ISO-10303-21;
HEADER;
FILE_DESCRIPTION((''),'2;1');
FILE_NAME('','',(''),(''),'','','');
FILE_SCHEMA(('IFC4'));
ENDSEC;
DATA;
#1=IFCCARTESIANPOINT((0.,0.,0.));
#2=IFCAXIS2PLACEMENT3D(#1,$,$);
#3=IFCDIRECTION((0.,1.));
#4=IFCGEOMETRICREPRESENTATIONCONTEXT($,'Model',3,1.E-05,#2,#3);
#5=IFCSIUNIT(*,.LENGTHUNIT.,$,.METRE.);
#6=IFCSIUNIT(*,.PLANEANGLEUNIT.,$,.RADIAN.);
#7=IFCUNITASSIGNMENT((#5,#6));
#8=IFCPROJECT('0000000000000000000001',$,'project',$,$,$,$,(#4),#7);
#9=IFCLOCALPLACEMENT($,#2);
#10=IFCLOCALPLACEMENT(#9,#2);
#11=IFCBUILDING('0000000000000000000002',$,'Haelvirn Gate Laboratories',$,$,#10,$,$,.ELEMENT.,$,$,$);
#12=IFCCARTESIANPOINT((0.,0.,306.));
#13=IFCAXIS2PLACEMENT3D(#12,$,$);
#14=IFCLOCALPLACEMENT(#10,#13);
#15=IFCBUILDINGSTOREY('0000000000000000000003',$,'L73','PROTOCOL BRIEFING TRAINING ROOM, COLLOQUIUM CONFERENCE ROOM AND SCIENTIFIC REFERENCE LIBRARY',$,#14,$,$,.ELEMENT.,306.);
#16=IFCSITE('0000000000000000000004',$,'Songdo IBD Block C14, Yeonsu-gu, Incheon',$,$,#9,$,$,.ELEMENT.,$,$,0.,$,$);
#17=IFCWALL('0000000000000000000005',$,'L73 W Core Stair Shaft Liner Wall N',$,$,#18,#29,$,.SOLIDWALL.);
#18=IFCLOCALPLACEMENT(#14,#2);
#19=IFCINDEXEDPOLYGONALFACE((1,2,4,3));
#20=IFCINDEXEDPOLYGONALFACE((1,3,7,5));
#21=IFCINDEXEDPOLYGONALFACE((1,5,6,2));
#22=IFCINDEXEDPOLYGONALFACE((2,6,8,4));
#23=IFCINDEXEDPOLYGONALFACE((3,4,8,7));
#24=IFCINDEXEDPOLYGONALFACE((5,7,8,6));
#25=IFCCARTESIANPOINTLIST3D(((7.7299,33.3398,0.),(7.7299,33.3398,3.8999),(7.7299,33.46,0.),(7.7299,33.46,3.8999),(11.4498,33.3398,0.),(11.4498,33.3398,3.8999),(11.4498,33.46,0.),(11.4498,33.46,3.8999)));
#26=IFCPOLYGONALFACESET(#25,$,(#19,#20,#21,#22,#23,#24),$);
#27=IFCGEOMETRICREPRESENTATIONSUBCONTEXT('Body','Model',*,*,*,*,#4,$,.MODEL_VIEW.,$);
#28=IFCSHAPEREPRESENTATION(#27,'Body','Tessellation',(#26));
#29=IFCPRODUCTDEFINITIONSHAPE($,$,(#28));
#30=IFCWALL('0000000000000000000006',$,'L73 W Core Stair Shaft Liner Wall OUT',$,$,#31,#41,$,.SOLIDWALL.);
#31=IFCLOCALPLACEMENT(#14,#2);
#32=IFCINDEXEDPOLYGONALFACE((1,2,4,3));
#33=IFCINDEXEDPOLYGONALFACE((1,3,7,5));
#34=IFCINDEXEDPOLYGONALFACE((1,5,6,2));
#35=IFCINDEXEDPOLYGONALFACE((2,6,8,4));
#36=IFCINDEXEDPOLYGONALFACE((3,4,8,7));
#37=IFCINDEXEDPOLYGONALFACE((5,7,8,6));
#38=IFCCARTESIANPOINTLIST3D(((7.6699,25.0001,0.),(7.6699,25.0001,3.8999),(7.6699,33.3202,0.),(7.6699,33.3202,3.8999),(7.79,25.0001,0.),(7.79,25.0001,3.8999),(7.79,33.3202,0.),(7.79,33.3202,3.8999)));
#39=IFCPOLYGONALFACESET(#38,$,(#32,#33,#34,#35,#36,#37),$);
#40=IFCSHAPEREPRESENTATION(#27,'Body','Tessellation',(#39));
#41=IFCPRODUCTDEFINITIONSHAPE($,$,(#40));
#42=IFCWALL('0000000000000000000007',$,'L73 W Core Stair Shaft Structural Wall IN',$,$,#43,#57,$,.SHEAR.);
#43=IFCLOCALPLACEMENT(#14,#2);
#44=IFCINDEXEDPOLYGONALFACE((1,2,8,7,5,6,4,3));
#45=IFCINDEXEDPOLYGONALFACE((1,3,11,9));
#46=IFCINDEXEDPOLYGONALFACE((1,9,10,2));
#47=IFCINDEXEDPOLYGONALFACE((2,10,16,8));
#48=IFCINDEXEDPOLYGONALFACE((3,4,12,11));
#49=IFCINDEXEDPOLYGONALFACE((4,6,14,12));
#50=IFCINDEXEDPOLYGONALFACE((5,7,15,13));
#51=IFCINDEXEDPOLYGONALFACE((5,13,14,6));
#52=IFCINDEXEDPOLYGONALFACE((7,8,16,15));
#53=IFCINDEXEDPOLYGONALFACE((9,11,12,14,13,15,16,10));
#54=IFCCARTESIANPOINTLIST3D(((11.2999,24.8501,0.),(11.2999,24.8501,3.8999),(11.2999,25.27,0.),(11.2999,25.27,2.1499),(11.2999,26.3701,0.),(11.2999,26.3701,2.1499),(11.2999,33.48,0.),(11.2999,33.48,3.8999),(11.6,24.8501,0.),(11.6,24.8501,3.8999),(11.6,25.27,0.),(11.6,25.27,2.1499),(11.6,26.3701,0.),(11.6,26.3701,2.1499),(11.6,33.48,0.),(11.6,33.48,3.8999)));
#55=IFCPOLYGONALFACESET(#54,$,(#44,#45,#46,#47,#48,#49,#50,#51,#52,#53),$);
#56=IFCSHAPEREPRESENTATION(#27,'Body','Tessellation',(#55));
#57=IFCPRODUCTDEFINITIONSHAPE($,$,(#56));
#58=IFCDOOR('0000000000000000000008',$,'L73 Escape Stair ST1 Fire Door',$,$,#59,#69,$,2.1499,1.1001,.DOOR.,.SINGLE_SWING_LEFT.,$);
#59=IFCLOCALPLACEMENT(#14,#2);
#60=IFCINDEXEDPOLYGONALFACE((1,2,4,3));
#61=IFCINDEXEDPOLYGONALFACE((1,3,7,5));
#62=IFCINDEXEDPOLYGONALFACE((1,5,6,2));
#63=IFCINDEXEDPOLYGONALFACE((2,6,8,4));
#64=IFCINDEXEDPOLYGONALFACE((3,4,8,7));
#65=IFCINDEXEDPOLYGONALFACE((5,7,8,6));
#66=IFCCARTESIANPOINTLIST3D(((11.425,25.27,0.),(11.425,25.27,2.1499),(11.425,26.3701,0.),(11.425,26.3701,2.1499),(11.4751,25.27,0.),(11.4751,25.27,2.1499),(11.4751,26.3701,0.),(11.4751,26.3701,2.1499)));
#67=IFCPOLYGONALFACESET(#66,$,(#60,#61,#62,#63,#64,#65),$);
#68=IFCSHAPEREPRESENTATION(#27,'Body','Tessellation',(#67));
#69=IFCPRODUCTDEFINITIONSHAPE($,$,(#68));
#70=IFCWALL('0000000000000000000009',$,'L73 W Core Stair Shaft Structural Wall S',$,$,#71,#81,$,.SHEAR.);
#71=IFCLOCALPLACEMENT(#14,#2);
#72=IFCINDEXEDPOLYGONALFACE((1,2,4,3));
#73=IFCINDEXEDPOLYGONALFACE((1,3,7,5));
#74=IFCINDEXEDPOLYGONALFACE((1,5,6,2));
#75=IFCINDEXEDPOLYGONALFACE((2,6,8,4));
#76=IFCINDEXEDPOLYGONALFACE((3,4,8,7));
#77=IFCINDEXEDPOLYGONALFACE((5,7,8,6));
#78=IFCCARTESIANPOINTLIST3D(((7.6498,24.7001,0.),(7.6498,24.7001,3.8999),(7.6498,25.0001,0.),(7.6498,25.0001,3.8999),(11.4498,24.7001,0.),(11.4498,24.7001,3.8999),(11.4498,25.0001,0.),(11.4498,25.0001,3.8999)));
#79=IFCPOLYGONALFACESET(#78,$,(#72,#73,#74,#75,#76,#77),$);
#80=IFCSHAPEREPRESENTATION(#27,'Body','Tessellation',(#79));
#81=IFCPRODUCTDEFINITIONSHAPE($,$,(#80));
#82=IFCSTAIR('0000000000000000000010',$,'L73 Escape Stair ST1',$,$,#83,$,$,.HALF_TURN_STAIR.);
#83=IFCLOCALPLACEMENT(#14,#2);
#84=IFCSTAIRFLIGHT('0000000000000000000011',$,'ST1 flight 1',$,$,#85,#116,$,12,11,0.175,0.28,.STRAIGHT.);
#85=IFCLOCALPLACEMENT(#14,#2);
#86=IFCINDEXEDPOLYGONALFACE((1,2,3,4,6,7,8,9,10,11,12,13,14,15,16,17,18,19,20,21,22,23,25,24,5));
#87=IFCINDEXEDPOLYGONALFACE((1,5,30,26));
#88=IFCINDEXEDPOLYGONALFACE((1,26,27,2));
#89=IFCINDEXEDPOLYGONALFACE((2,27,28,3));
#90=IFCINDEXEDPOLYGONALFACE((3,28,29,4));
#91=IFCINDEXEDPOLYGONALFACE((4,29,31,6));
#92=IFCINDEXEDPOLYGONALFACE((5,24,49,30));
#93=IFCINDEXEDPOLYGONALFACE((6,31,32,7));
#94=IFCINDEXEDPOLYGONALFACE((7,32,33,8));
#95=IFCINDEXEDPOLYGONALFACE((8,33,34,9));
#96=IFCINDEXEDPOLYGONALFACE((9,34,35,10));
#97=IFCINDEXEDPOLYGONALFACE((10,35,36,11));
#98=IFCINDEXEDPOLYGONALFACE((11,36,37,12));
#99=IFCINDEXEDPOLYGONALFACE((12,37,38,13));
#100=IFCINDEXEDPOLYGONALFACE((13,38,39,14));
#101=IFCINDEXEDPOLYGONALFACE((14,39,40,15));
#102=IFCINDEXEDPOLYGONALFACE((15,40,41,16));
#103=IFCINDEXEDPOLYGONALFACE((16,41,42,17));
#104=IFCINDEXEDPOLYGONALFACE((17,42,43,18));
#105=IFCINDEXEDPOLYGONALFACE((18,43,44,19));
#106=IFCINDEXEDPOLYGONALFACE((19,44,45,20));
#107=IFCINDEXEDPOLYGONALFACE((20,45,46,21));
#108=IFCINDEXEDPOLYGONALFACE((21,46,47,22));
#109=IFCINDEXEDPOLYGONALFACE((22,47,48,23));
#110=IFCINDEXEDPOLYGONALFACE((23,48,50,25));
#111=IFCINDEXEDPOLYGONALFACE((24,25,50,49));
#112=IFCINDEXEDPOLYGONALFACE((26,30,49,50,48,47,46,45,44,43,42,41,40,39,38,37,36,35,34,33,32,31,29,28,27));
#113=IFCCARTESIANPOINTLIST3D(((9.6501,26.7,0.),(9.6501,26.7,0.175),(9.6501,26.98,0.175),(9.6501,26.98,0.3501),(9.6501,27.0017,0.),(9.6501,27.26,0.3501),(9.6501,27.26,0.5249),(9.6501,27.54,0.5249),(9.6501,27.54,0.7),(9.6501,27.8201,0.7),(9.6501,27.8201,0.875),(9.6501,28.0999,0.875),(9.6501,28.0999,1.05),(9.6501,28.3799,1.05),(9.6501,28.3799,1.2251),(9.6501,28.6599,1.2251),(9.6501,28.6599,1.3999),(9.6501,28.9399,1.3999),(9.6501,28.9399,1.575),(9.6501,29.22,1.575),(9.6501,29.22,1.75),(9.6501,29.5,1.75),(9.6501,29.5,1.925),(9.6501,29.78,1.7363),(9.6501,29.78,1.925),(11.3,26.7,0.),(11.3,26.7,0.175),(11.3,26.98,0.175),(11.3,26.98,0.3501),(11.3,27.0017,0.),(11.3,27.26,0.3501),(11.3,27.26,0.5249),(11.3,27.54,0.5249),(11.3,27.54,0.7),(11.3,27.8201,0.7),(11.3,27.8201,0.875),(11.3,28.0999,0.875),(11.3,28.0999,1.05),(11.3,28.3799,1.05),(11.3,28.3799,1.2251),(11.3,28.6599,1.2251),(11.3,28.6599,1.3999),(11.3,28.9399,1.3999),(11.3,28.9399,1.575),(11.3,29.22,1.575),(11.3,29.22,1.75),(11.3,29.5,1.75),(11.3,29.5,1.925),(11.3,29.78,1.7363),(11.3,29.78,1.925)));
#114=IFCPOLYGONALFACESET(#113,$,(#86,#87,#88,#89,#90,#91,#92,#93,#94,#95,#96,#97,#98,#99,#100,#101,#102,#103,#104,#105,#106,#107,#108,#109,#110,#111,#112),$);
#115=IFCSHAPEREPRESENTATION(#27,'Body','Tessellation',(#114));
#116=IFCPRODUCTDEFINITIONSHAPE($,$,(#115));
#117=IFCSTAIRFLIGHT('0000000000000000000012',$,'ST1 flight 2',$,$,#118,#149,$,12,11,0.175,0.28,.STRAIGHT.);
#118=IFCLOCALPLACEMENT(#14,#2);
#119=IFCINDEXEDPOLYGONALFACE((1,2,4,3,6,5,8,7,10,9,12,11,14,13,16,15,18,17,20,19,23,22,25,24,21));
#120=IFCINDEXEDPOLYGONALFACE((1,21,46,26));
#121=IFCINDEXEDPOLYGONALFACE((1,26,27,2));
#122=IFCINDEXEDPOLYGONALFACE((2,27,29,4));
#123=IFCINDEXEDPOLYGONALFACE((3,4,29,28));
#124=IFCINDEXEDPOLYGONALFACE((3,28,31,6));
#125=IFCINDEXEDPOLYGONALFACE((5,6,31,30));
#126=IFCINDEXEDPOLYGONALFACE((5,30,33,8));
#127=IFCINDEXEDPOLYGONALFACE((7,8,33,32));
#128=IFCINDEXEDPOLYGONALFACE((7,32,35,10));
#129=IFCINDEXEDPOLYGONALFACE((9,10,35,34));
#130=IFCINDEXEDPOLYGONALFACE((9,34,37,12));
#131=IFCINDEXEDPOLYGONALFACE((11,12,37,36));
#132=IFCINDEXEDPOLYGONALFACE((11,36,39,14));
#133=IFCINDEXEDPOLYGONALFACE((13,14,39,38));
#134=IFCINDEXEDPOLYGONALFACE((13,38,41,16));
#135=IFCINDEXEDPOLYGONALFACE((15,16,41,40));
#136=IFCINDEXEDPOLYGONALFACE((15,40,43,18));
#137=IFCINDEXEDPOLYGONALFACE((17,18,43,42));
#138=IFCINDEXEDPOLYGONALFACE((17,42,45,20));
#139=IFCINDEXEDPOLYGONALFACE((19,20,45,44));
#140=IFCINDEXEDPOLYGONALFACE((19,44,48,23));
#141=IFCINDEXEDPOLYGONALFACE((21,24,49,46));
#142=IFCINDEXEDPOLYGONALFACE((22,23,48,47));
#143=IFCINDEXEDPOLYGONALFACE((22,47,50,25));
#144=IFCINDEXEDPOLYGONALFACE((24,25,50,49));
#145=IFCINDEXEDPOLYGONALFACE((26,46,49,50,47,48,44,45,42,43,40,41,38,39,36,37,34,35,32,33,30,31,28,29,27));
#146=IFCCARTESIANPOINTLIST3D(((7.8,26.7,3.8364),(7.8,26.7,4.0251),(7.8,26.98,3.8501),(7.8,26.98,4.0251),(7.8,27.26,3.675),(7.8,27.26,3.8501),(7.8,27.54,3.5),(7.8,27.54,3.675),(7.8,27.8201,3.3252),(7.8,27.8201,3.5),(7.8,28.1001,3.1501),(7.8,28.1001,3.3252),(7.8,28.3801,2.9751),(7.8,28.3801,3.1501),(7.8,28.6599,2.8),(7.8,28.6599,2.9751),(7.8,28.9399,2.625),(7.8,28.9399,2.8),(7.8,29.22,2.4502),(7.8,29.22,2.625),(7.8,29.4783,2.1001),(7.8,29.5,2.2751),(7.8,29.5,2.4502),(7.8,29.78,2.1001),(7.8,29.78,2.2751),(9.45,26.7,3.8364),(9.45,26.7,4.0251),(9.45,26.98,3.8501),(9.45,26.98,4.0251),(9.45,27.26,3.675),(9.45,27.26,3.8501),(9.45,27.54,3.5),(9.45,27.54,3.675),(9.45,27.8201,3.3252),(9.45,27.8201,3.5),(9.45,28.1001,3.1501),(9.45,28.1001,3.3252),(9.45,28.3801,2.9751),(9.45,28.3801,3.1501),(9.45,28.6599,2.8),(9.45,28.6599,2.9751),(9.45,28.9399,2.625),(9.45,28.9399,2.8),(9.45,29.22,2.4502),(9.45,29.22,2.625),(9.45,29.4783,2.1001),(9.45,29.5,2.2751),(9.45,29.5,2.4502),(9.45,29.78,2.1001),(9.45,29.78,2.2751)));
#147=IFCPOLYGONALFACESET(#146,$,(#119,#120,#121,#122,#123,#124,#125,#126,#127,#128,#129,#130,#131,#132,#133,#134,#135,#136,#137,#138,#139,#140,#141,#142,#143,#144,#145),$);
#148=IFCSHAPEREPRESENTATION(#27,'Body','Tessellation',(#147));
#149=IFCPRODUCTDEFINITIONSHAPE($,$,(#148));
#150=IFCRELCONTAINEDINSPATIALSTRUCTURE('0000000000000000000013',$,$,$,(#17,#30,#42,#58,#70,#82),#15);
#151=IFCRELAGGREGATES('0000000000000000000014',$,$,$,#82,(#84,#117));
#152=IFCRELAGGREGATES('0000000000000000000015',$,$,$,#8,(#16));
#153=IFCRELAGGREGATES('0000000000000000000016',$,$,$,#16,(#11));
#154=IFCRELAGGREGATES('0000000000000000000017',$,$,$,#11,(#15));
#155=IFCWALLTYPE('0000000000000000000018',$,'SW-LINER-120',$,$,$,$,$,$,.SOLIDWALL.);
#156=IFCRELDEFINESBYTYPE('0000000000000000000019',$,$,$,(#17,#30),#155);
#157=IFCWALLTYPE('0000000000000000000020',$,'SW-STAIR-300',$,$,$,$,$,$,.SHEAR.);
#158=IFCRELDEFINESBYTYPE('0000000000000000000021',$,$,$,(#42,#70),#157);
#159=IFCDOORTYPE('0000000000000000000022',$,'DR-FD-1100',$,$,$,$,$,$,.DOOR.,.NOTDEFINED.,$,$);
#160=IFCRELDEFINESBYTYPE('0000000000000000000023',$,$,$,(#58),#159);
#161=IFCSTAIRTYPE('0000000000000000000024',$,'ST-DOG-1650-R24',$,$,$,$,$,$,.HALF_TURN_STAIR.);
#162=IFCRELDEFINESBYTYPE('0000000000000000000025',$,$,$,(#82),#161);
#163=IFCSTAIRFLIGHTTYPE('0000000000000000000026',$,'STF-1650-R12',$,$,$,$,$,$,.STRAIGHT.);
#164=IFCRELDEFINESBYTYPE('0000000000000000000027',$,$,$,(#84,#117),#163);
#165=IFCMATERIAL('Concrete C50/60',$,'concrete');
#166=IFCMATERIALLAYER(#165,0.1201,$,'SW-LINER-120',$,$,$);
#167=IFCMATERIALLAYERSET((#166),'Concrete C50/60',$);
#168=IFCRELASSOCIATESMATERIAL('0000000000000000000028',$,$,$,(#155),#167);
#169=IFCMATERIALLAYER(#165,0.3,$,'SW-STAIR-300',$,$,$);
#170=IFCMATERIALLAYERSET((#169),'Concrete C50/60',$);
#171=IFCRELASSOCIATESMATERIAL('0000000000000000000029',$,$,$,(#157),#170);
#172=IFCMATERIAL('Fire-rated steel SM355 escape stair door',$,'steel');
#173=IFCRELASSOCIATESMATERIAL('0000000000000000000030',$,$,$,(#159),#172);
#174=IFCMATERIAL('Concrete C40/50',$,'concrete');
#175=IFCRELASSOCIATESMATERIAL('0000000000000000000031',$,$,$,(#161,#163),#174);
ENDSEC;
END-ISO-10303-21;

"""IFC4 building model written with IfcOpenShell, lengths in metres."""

from ifc_helpers import new_model, si_unit, direction, frame, frame_2d, origin, place, context, subcontext, project, spatial, polyline, rectangle, outline, extrude, source, transform, mapped, material, layer, layer_set, type_object, type_shapes, element, fill, aggregate, save


model = new_model("IFC4")

# Units and contexts
model_context = context("Model", 3, precision=1e-05, world=origin(), true_north=direction((0.0, 1.0)))
body_context = subcontext(model_context, "Body", "Model", "MODEL_VIEW")
ifc_project = project(units=[si_unit("LENGTHUNIT", "METRE"), si_unit("PLANEANGLEUNIT", "RADIAN")], contexts=[model_context])

# Site, building, storey
site_placement = place(None, origin())
site = spatial("IfcSite", under=ifc_project, at=site_placement, Name="Songdo IBD Block C14, Yeonsu-gu, Incheon", CompositionType="ELEMENT", RefElevation=0.0)
building_placement = place(site_placement, origin())
building = spatial("IfcBuilding", under=site, at=building_placement, Name="Haelvirn Gate Laboratories", CompositionType="ELEMENT")
storey_placement = place(building_placement, frame((0.0, 0.0, 306.0)))
storey = spatial("IfcBuildingStorey", under=building, at=storey_placement, Name="L73", Description="PROTOCOL BRIEFING TRAINING ROOM, COLLOQUIUM CONFERENCE ROOM AND SCIENTIFIC REFERENCE LIBRARY", CompositionType="ELEMENT", Elevation=306.0)

# Shared definitions
ifc_material_1 = material(Name="Concrete C50/60", Category="concrete")

# Shared definitions
ifc_material_2 = material(Name="Concrete C40/50", Category="concrete")

# Walls
ifc_layer_1 = layer(ifc_material_1, 0.1201, Name="SW-LINER-120")
ifc_layer_set_1 = layer_set([ifc_layer_1], Name="Concrete C50/60")
wall_type_1 = type_object("IfcWallType", Name="SW-LINER-120", PredefinedType="SOLIDWALL", material=ifc_layer_set_1)
wall_1_placement = place(storey_placement, frame((7.73, 33.3999, 0.0), z_axis=(0.0, 0.0, 1.0), x_axis=(1.0, 0.0, 0.0)))
element("IfcWall", 1, at=wall_1_placement, inside=storey, type_object=wall_type_1, Name="L73 W Core Stair Shaft Liner Wall N", PredefinedType="SOLIDWALL", context=body_context, shape_type="SweptSolid", body=[
    extrude(rectangle(XDim=3.72, YDim=0.1201, at=frame_2d((1.8599, 0.0))), origin(), (0.0, 0.0, 1.0), 3.8999),
])
wall_2_placement = place(storey_placement, frame((7.73, 25.0, 0.0), z_axis=(0.0, 0.0, 1.0), x_axis=(0.0, 1.0, 0.0)))
element("IfcWall", 2, at=wall_2_placement, inside=storey, type_object=wall_type_1, Name="L73 W Core Stair Shaft Liner Wall OUT", PredefinedType="SOLIDWALL", context=body_context, shape_type="SweptSolid", body=[
    extrude(rectangle(XDim=8.3201, YDim=0.1201, at=frame_2d((4.1602, 0.0))), origin(), (0.0, 0.0, 1.0), 3.8999),
])

# Wall, opening, door
ifc_layer_2 = layer(ifc_material_1, 0.3, Name="SW-STAIR-300")
ifc_layer_set_2 = layer_set([ifc_layer_2], Name="Concrete C50/60")
wall_type_2 = type_object("IfcWallType", Name="SW-STAIR-300", PredefinedType="SHEAR", material=ifc_layer_set_2)
wall_3_placement = place(storey_placement, frame((11.45, 24.8501, 0.0), z_axis=(0.0, 0.0, 1.0), x_axis=(0.0, 1.0, 0.0)))
wall_3 = element("IfcWall", 3, at=wall_3_placement, inside=storey, type_object=wall_type_2, Name="L73 W Core Stair Shaft Structural Wall IN", PredefinedType="SHEAR", context=body_context, shape_type="SweptSolid", body=[
    extrude(rectangle(XDim=8.6299, YDim=0.3, at=frame_2d((4.3149, 0.0))), origin(), (0.0, 0.0, 1.0), 3.8999),
])
opening_1_placement = place(wall_3_placement, frame((0.4199, 0.0, 0.0)))
opening_1 = element("IfcOpeningElement", 4, at=opening_1_placement, cuts=wall_3, PredefinedType="OPENING", context=body_context, shape_type="SweptSolid", body=[
    extrude(rectangle(XDim=1.1001, YDim=2.1499, at=frame_2d((0.55, 1.075))), frame((0.0, 0.1602, 0.0), z_axis=(0.0, -1.0, 0.0), x_axis=(1.0, 0.0, 0.0)), (0.0, 0.0, 1.0), 0.3201),
])
ifc_material_3 = material(Name="Fire-rated steel SM355 escape stair door", Category="steel")
door_type_1 = type_object("IfcDoorType", Name="DR-FD-1100", OperationType="NOTDEFINED", PredefinedType="DOOR", material=ifc_material_3)
shared_shape_1 = source(origin(), body_context, "Body", "SweptSolid", [
    extrude(rectangle(XDim=1.1001, YDim=2.1499, at=frame_2d((0.55, 1.075))), frame((0.0, 0.0249, 0.0), z_axis=(0.0, -1.0, 0.0), x_axis=(1.0, 0.0, 0.0)), (0.0, 0.0, 1.0), 0.05),
])
type_shapes(door_type_1, [shared_shape_1])
door_1_placement = place(opening_1_placement, origin())
door_1 = element("IfcDoor", 5, at=door_1_placement, inside=storey, type_object=door_type_1, Name="L73 Escape Stair ST1 Fire Door", OperationType="SINGLE_SWING_LEFT", OverallHeight=2.1499, OverallWidth=1.1001, PredefinedType="DOOR", context=body_context, shape_type="MappedRepresentation", body=[
    mapped(shared_shape_1, transform((0.0, 0.0, 0.0), scale=1.0)),
])
fill(opening_1, door_1)

# Wall
wall_4_placement = place(storey_placement, frame((7.6499, 24.8501, 0.0), z_axis=(0.0, 0.0, 1.0), x_axis=(1.0, 0.0, 0.0)))
element("IfcWall", 6, at=wall_4_placement, inside=storey, type_object=wall_type_2, Name="L73 W Core Stair Shaft Structural Wall S", PredefinedType="SHEAR", context=body_context, shape_type="SweptSolid", body=[
    extrude(rectangle(XDim=3.8, YDim=0.3, at=frame_2d((1.8999, 0.0))), origin(), (0.0, 0.0, 1.0), 3.8999),
])

# Stair, stair flights
stair_type = type_object("IfcStairType", Name="ST-DOG-1650-R24", PredefinedType="HALF_TURN_STAIR", material=ifc_material_2)
stair_placement = place(storey_placement, origin())
stair = element("IfcStair", 7, at=stair_placement, inside=storey, type_object=stair_type, Name="L73 Escape Stair ST1", PredefinedType="HALF_TURN_STAIR")
stair_flight_type = type_object("IfcStairFlightType", Name="STF-1650-R12", PredefinedType="STRAIGHT", material=ifc_material_2)
shared_shape_2 = source(origin(), body_context, "Body", "SweptSolid", [
    extrude(outline(polyline([(0.0, 0.0), (0.0, 0.175), (0.28, 0.175), (0.28, 0.3501), (0.5601, 0.3501), (0.5601, 0.5249), (0.8401, 0.5249), (0.8401, 0.7), (1.1201, 0.7), (1.1201, 0.875), (1.3999, 0.875), (1.3999, 1.05), (1.6799, 1.05), (1.6799, 1.2251), (1.96, 1.2251), (1.96, 1.3999), (2.24, 1.3999), (2.24, 1.575), (2.52, 1.575), (2.52, 1.75), (2.8, 1.75), (2.8, 1.925), (3.0801, 1.925), (3.0801, 2.1001), (3.0801, 1.7363), (0.3018, 0.0), (0.0, 0.0)])), frame((0.0, 0.825, 0.0), z_axis=(0.0, -1.0, 0.0), x_axis=(1.0, 0.0, 0.0)), (0.0, 0.0, 1.0), 1.6499),
])
type_shapes(stair_flight_type, [shared_shape_2])
stair_flight_1_placement = place(storey_placement, frame((10.4751, 26.7, 0.0), z_axis=(0.0, 0.0, 1.0), x_axis=(0.0, 1.0, 0.0)))
stair_flight_1 = element("IfcStairFlight", 8, at=stair_flight_1_placement, type_object=stair_flight_type, Name="ST1 flight 1", NumberOfRisers=12, NumberOfTreads=11, PredefinedType="STRAIGHT", RiserHeight=0.175, TreadLength=0.28, context=body_context, shape_type="MappedRepresentation", body=[
    mapped(shared_shape_2, transform((0.0, 0.0, 0.0), scale=1.0)),
])
stair_flight_2_placement = place(storey_placement, frame((8.625, 29.78, 2.1001), z_axis=(0.0, 0.0, 1.0), x_axis=(0.0, -1.0, 0.0)))
stair_flight_2 = element("IfcStairFlight", 9, at=stair_flight_2_placement, type_object=stair_flight_type, Name="ST1 flight 2", NumberOfRisers=12, NumberOfTreads=11, PredefinedType="STRAIGHT", RiserHeight=0.175, TreadLength=0.28, context=body_context, shape_type="MappedRepresentation", body=[
    mapped(shared_shape_2, transform((0.0, 0.0, 0.0), scale=1.0)),
])
aggregate(stair, [stair_flight_1, stair_flight_2])

save(model, "model.ifc")
